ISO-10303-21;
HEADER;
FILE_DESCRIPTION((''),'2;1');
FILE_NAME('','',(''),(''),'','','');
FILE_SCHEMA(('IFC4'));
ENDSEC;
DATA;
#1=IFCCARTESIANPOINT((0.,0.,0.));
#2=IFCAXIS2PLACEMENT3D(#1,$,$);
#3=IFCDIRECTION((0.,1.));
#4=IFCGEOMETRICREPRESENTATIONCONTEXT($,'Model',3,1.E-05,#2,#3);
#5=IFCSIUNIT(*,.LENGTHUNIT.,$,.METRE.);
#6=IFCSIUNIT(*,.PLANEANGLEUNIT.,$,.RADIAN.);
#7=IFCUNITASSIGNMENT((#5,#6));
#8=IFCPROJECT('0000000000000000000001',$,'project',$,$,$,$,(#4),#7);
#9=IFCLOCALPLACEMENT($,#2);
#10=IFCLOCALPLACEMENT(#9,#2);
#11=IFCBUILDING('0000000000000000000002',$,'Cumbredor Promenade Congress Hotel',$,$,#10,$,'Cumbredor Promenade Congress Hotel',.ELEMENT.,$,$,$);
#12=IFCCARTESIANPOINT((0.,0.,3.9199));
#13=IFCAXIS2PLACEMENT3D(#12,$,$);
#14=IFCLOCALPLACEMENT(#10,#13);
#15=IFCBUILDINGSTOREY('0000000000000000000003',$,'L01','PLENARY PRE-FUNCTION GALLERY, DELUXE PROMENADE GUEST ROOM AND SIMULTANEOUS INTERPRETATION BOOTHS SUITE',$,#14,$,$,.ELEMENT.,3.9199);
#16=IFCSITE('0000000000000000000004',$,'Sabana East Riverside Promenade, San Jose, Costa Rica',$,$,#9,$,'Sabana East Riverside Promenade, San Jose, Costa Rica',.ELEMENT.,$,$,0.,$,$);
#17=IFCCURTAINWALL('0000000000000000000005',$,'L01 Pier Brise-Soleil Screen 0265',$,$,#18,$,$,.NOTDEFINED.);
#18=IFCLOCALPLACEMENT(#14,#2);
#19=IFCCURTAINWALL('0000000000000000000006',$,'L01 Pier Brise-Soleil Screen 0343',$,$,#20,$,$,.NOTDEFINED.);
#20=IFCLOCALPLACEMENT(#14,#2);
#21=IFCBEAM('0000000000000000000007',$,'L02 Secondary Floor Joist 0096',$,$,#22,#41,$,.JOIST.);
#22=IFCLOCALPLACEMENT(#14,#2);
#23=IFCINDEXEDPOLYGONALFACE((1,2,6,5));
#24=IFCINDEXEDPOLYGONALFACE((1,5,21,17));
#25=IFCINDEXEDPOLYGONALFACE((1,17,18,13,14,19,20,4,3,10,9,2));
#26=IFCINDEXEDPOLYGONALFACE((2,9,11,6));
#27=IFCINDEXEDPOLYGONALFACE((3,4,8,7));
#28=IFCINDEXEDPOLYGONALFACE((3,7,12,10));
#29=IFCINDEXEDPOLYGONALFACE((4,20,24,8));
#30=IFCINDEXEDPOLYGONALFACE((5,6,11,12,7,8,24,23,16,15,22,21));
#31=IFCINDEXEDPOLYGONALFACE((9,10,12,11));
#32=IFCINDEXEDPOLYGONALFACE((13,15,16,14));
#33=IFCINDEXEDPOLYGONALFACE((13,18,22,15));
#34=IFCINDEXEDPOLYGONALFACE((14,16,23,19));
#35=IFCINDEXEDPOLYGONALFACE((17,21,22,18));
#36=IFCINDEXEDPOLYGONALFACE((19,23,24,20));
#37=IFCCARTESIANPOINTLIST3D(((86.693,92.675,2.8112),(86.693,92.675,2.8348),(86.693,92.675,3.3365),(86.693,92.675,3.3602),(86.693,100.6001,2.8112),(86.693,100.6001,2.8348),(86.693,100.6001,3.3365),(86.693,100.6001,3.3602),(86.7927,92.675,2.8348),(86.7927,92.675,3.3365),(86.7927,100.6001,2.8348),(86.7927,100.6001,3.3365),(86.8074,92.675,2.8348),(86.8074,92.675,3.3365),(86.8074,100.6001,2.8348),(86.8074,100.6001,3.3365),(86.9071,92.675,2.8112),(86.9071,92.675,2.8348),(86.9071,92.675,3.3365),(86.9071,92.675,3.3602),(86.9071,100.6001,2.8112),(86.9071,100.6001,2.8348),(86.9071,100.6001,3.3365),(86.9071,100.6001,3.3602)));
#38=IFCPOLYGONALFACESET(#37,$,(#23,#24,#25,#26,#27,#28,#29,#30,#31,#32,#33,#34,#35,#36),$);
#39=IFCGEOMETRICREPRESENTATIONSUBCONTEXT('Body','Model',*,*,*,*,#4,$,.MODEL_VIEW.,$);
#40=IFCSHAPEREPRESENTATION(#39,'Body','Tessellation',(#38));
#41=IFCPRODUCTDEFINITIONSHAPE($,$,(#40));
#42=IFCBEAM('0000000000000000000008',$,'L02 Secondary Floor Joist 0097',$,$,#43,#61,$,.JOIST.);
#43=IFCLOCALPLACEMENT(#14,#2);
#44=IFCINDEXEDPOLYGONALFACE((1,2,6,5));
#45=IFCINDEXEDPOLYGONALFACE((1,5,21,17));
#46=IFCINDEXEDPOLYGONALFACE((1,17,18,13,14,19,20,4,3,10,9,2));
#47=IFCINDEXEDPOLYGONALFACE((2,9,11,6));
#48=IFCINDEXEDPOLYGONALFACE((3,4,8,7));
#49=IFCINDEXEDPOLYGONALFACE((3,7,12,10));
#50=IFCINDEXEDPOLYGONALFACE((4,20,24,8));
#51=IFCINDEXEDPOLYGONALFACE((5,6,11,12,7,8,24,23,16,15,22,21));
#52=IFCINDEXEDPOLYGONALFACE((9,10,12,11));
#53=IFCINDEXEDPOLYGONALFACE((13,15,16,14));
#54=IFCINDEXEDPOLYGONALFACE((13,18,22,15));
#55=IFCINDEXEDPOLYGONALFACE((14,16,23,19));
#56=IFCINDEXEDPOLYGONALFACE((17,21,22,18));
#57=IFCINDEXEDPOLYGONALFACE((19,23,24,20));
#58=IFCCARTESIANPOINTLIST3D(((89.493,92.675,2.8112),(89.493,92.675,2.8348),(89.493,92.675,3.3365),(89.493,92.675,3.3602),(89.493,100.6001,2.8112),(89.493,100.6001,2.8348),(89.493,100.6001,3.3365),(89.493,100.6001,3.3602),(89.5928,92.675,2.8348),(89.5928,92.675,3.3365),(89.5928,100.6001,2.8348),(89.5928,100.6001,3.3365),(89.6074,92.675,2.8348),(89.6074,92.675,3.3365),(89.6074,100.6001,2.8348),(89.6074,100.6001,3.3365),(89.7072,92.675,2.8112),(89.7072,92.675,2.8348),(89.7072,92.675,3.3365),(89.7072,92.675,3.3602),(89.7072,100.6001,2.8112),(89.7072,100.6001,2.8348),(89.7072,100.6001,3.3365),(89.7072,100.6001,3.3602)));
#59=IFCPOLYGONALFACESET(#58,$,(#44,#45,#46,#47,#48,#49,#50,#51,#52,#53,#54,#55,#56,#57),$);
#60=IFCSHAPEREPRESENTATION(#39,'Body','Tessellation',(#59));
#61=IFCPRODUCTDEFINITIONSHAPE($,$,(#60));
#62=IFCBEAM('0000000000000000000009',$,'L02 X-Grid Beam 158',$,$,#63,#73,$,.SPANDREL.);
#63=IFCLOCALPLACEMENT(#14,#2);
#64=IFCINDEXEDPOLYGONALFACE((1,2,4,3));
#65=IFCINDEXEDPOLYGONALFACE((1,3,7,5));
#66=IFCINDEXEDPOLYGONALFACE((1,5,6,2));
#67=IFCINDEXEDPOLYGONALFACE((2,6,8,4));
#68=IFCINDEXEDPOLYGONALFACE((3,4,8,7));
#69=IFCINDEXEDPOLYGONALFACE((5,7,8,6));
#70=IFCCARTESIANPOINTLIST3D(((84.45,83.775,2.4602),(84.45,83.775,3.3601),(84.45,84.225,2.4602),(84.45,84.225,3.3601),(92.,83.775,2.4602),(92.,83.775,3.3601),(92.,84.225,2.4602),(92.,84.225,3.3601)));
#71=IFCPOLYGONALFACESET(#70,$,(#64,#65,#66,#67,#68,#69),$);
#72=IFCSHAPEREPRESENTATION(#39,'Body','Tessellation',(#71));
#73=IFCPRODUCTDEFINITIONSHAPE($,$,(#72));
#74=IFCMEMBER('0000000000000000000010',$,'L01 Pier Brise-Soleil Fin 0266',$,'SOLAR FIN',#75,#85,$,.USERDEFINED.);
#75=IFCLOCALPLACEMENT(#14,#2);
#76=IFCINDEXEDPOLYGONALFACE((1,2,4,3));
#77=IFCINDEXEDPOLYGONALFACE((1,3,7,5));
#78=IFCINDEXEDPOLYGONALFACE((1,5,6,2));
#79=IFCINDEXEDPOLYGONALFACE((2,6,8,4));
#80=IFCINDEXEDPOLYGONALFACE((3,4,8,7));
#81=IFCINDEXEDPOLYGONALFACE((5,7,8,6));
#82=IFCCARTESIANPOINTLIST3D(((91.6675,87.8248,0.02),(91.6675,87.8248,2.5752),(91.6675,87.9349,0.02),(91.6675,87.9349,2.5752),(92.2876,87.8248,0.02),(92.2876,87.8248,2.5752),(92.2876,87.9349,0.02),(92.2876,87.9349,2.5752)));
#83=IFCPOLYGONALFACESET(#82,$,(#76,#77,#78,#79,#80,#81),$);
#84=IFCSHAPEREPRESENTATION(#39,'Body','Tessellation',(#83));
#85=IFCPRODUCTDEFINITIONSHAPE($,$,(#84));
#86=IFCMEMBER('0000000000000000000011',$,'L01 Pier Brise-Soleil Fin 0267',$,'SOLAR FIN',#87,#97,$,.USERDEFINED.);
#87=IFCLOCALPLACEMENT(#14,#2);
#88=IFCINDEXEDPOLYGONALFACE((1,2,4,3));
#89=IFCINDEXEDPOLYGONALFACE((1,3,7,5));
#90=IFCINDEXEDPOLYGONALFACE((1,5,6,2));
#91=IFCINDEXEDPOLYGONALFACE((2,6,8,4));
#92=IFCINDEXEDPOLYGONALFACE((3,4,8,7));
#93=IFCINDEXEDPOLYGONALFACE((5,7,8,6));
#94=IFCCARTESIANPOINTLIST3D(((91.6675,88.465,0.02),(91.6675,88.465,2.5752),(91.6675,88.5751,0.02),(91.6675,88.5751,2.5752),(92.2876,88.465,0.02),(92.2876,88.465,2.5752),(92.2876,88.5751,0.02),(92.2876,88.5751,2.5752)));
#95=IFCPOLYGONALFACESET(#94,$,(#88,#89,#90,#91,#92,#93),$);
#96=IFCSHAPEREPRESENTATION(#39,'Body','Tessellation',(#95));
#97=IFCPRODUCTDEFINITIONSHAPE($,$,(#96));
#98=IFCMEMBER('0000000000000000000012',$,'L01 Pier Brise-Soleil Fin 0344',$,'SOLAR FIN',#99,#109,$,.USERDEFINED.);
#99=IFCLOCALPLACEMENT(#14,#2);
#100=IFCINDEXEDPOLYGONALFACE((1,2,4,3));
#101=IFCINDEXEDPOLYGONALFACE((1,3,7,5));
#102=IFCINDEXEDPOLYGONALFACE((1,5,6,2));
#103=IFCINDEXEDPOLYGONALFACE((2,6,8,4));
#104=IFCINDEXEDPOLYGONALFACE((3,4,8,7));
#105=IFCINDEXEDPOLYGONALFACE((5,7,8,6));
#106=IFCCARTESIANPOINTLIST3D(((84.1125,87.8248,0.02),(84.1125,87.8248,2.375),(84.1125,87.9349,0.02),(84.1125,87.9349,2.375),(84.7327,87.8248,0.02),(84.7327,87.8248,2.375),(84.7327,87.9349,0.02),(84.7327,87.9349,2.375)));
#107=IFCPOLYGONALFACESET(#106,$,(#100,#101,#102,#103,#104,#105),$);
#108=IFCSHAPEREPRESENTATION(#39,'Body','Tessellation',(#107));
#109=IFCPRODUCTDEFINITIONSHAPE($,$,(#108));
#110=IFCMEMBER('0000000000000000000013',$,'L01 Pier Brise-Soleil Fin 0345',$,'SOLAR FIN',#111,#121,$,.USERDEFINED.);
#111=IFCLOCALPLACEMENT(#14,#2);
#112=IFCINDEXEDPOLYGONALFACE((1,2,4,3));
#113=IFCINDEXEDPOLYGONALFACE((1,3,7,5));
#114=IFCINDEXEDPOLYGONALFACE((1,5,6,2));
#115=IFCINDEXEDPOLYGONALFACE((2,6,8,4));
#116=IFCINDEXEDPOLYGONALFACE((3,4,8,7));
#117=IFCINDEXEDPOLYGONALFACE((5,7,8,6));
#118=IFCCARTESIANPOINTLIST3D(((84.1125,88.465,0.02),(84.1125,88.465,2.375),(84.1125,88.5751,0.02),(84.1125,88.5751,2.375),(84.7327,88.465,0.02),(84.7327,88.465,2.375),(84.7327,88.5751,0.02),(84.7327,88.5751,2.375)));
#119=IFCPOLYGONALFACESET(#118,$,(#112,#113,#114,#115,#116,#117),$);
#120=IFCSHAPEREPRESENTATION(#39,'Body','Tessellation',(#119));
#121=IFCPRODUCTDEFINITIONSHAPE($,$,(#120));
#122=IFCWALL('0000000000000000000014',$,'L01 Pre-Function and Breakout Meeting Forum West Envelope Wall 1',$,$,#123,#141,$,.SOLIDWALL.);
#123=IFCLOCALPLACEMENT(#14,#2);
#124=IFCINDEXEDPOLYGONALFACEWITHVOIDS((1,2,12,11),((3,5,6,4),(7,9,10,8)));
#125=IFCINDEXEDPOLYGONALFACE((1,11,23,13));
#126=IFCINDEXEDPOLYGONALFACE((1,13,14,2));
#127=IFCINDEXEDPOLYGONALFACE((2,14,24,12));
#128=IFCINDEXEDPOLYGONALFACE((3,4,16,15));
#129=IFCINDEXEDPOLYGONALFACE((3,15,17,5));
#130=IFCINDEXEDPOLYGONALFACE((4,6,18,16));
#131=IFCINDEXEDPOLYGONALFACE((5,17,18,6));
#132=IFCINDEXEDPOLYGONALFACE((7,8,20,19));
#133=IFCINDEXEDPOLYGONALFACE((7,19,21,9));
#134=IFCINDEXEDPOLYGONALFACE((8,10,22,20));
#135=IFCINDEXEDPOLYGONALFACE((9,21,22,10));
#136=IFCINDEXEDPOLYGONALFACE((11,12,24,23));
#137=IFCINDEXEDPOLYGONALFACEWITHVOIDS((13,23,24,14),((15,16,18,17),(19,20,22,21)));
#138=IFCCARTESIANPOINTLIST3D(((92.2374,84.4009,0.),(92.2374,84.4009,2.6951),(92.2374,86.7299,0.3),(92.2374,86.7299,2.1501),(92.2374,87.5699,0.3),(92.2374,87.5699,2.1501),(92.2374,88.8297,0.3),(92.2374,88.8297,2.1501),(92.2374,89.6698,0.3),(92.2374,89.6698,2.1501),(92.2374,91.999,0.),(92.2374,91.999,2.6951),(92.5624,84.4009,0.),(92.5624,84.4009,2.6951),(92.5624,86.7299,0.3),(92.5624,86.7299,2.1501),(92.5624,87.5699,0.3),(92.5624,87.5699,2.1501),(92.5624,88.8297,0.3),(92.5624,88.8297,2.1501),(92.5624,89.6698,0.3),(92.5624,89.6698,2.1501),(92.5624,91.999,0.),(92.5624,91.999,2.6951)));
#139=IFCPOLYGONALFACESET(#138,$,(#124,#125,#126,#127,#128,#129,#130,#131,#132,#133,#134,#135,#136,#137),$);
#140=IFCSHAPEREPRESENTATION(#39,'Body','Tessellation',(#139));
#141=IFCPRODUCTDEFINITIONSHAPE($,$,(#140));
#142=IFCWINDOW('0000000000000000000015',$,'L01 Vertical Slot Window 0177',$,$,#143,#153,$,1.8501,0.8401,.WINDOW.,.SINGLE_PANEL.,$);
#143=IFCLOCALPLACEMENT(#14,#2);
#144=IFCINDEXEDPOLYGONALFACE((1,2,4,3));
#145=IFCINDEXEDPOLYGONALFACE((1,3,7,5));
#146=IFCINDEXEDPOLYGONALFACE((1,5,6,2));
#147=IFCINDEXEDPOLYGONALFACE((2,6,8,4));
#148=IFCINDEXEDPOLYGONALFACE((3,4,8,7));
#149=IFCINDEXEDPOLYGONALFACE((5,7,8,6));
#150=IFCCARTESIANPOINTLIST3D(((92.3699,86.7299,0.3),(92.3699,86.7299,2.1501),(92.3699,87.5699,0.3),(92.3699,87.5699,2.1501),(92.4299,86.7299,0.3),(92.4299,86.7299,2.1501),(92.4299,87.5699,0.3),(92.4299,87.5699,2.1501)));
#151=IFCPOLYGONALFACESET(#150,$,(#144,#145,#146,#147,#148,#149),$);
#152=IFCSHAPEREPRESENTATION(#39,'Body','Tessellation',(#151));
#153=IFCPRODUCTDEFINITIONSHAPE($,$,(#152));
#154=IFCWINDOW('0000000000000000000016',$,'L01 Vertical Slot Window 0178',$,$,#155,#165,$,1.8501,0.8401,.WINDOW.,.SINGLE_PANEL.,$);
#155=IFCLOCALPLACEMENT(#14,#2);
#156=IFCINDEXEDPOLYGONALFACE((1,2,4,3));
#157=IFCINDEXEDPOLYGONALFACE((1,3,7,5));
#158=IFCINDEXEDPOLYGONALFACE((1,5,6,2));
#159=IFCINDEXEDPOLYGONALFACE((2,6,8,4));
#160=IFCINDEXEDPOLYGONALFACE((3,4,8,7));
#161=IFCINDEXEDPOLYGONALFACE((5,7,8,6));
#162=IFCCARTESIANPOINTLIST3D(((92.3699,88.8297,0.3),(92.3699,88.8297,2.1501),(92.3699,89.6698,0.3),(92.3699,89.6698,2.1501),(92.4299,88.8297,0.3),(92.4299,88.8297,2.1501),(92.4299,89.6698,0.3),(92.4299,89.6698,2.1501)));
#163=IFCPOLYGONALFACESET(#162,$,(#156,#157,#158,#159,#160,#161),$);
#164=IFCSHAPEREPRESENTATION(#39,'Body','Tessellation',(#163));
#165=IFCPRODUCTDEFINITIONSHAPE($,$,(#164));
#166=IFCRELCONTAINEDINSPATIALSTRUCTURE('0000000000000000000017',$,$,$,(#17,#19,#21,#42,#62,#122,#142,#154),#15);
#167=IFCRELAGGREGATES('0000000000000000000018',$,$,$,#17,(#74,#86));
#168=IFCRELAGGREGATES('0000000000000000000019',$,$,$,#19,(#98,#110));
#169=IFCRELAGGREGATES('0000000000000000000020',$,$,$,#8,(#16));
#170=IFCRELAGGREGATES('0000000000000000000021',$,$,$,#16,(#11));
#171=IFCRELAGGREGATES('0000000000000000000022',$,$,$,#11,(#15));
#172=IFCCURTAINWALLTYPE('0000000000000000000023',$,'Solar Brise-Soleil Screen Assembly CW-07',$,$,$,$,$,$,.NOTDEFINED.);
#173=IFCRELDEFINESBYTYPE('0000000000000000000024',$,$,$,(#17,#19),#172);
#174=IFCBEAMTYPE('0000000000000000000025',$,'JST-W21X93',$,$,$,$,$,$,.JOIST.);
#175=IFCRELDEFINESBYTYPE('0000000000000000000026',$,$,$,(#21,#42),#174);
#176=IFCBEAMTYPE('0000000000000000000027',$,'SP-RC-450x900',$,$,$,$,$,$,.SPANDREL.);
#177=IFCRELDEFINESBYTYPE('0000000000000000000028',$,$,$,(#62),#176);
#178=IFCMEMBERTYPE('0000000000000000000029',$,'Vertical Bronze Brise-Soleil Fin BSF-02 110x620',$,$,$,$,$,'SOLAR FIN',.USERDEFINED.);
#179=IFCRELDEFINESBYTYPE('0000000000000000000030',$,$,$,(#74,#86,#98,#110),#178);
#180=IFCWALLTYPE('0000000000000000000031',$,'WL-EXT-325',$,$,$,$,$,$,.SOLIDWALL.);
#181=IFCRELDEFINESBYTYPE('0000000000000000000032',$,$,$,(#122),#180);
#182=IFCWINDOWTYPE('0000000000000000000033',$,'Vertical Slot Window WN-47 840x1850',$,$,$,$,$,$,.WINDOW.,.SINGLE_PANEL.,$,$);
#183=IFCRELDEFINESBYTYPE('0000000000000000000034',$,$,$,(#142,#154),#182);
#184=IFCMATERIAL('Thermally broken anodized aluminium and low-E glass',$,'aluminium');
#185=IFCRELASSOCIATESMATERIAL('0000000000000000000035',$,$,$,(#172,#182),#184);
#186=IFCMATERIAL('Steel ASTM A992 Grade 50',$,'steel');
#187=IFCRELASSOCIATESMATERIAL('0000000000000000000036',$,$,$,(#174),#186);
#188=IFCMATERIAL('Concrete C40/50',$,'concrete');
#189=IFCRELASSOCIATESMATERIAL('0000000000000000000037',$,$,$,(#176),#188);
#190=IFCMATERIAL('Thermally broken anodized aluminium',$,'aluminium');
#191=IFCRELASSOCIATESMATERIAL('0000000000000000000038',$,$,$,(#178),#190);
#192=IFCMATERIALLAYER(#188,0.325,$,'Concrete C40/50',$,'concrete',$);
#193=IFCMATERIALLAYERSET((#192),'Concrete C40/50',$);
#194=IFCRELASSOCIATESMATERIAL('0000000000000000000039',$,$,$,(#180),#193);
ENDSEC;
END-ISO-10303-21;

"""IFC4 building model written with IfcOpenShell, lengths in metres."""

from ifc_helpers import new_model, si_unit, direction, frame, frame_2d, origin, origin_2d, place, context, subcontext, project, spatial, rectangle, i_section, extrude, material, layer, layer_set, material_profile, profile_set, type_object, element, fill, aggregate, save


model = new_model("IFC4")

# Units and contexts
model_context = context("Model", 3, precision=1e-05, world=origin(), true_north=direction((0.0, 1.0)))
body_context = subcontext(model_context, "Body", "Model", "MODEL_VIEW")
ifc_project = project(units=[si_unit("LENGTHUNIT", "METRE"), si_unit("PLANEANGLEUNIT", "RADIAN")], contexts=[model_context])

# Site, building, storey
site_placement = place(None, origin())
site = spatial("IfcSite", under=ifc_project, at=site_placement, Name="Sabana East Riverside Promenade, San Jose, Costa Rica", LongName="Sabana East Riverside Promenade, San Jose, Costa Rica", CompositionType="ELEMENT", RefElevation=0.0)
building_placement = place(site_placement, origin())
building = spatial("IfcBuilding", under=site, at=building_placement, Name="Cumbredor Promenade Congress Hotel", LongName="Cumbredor Promenade Congress Hotel", CompositionType="ELEMENT")
storey_placement = place(building_placement, frame((0.0, 0.0, 3.9199)))
storey = spatial("IfcBuildingStorey", under=building, at=storey_placement, Name="L01", Description="PLENARY PRE-FUNCTION GALLERY, DELUXE PROMENADE GUEST ROOM AND SIMULTANEOUS INTERPRETATION BOOTHS SUITE", CompositionType="ELEMENT", Elevation=3.9199)

# Shared definitions
ifc_material_1 = material(Name="Concrete C40/50", Category="concrete")

# Curtain walls
ifc_material_2 = material(Name="Thermally broken anodized aluminium and low-E glass", Category="aluminium")
curtain_wall_type = type_object("IfcCurtainWallType", Name="Solar Brise-Soleil Screen Assembly CW-07", PredefinedType="NOTDEFINED", material=ifc_material_2)
curtain_wall_1_placement = place(storey_placement, origin())
curtain_wall_1 = element("IfcCurtainWall", 1, at=curtain_wall_1_placement, inside=storey, type_object=curtain_wall_type, Name="L01 Pier Brise-Soleil Screen 0265", PredefinedType="NOTDEFINED")
ifc_material_3 = material(Name="Thermally broken anodized aluminium", Category="aluminium")
curtain_wall_2_placement = place(storey_placement, origin())
curtain_wall_2 = element("IfcCurtainWall", 2, at=curtain_wall_2_placement, inside=storey, type_object=curtain_wall_type, Name="L01 Pier Brise-Soleil Screen 0343", PredefinedType="NOTDEFINED")

# Beams
ifc_material_4 = material(Name="Steel ASTM A992 Grade 50", Category="steel")
ifc_material_profile_1 = material_profile(ifc_material_4, i_section(OverallWidth=0.2141, OverallDepth=0.5491, WebThickness=0.0146, FlangeThickness=0.0237, at=origin_2d()), Name="W21X93")
ifc_profile_set_1 = profile_set([ifc_material_profile_1], Name="Steel ASTM A992 Grade 50")
beam_type_1 = type_object("IfcBeamType", Name="JST-W21X93", PredefinedType="JOIST", material=ifc_profile_set_1)
for number, where, z_axis, x_axis, name in (
    (3, (86.8, 92.675, 3.0857), (0.0, 1.0, 0.0), (-1.0, 0.0, 0.0), "L02 Secondary Floor Joist 0096"),
    (4, (89.6001, 92.675, 3.0857), (0.0, 1.0, 0.0), (-1.0, 0.0, 0.0), "L02 Secondary Floor Joist 0097"),
):
    element("IfcBeam", number, at=place(storey_placement, frame(where, z_axis=z_axis, x_axis=x_axis)), inside=storey, type_object=beam_type_1, Name=name, PredefinedType="JOIST", context=body_context, shape_type="SweptSolid", body=[
        extrude(i_section(OverallWidth=0.2141, OverallDepth=0.5491, WebThickness=0.0146, FlangeThickness=0.0237, at=origin_2d()), origin(), (0.0, 0.0, 1.0), 7.925),
    ])
ifc_material_profile_2 = material_profile(ifc_material_1, rectangle(XDim=0.45, YDim=0.8999, at=origin_2d()), Name="RC SPANDREL 450x900")
ifc_profile_set_2 = profile_set([ifc_material_profile_2], Name="Concrete C40/50")
beam_type_2 = type_object("IfcBeamType", Name="SP-RC-450x900", PredefinedType="SPANDREL", material=ifc_profile_set_2)
beam_1_placement = place(storey_placement, frame((84.45, 84.0, 2.9102), z_axis=(1.0, 0.0, 0.0), x_axis=(0.0, 1.0, 0.0)))
element("IfcBeam", 5, at=beam_1_placement, inside=storey, type_object=beam_type_2, Name="L02 X-Grid Beam 158", PredefinedType="SPANDREL", context=body_context, shape_type="SweptSolid", body=[
    extrude(rectangle(XDim=0.45, YDim=0.8999, at=origin_2d()), origin(), (0.0, 0.0, 1.0), 7.55),
])

# Members
ifc_material_profile_3 = material_profile(ifc_material_3, rectangle(XDim=0.1101, YDim=0.6201, at=origin_2d()), Name="ARCH FIN 110x620")
ifc_profile_set_3 = profile_set([ifc_material_profile_3], Name="Thermally broken anodized aluminium")
member_type_1 = type_object("IfcMemberType", Name="Vertical Bronze Brise-Soleil Fin BSF-02 110x620", ElementType="SOLAR FIN", PredefinedType="USERDEFINED", material=ifc_profile_set_3)
member_1_placement = place(storey_placement, frame((91.9775, 87.8799, 0.02), z_axis=(0.0, 0.0, 1.0), x_axis=(0.0, 1.0, 0.0)))
member_1 = element("IfcMember", 6, at=member_1_placement, type_object=member_type_1, Name="L01 Pier Brise-Soleil Fin 0266", ObjectType="SOLAR FIN", PredefinedType="USERDEFINED", context=body_context, shape_type="SweptSolid", body=[
    extrude(rectangle(XDim=0.1101, YDim=0.6201, at=origin_2d()), origin(), (0.0, 0.0, 1.0), 2.5552),
])
member_2_placement = place(storey_placement, frame((91.9775, 88.52, 0.02), z_axis=(0.0, 0.0, 1.0), x_axis=(0.0, 1.0, 0.0)))
member_2 = element("IfcMember", 7, at=member_2_placement, type_object=member_type_1, Name="L01 Pier Brise-Soleil Fin 0267", ObjectType="SOLAR FIN", PredefinedType="USERDEFINED", context=body_context, shape_type="SweptSolid", body=[
    extrude(rectangle(XDim=0.1101, YDim=0.6201, at=origin_2d()), origin(), (0.0, 0.0, 1.0), 2.5552),
])
aggregate(curtain_wall_1, [member_1, member_2])
member_3_placement = place(storey_placement, frame((84.4226, 87.8799, 0.02), z_axis=(0.0, 0.0, 1.0), x_axis=(0.0, 1.0, 0.0)))
member_3 = element("IfcMember", 8, at=member_3_placement, type_object=member_type_1, Name="L01 Pier Brise-Soleil Fin 0344", ObjectType="SOLAR FIN", PredefinedType="USERDEFINED", context=body_context, shape_type="SweptSolid", body=[
    extrude(rectangle(XDim=0.1101, YDim=0.6201, at=origin_2d()), origin(), (0.0, 0.0, 1.0), 2.355),
])
member_4_placement = place(storey_placement, frame((84.4226, 88.52, 0.02), z_axis=(0.0, 0.0, 1.0), x_axis=(0.0, 1.0, 0.0)))
member_4 = element("IfcMember", 9, at=member_4_placement, type_object=member_type_1, Name="L01 Pier Brise-Soleil Fin 0345", ObjectType="SOLAR FIN", PredefinedType="USERDEFINED", context=body_context, shape_type="SweptSolid", body=[
    extrude(rectangle(XDim=0.1101, YDim=0.6201, at=origin_2d()), origin(), (0.0, 0.0, 1.0), 2.355),
])
aggregate(curtain_wall_2, [member_3, member_4])

# Wall, openings, windows
ifc_layer_1 = layer(ifc_material_1, 0.325, Name="Concrete C40/50", Category="concrete")
ifc_layer_set_1 = layer_set([ifc_layer_1], Name="Concrete C40/50")
wall_type_1 = type_object("IfcWallType", Name="WL-EXT-325", PredefinedType="SOLIDWALL", material=ifc_layer_set_1)
wall_1_placement = place(storey_placement, frame((92.3999, 84.4009, 0.0), z_axis=(0.0, 0.0, 1.0), x_axis=(0.0, 1.0, 0.0)))
wall_1 = element("IfcWall", 10, at=wall_1_placement, inside=storey, type_object=wall_type_1, Name="L01 Pre-Function and Breakout Meeting Forum West Envelope Wall 1", PredefinedType="SOLIDWALL", context=body_context, shape_type="SweptSolid", body=[
    extrude(rectangle(XDim=7.5981, YDim=0.325, at=frame_2d((3.7991, 0.0))), origin(), (0.0, 0.0, 1.0), 2.6951),
])
opening_1_placement = place(wall_1_placement, frame((2.3291, 0.0, 0.3)))
opening_1 = element("IfcOpeningElement", 11, at=opening_1_placement, cuts=wall_1, PredefinedType="OPENING", context=body_context, shape_type="SweptSolid", body=[
    extrude(rectangle(XDim=0.8401, YDim=1.8501, at=frame_2d((0.4199, 0.925))), frame((0.0, 0.1724, 0.0), z_axis=(0.0, -1.0, 0.0), x_axis=(1.0, 0.0, 0.0)), (0.0, 0.0, 1.0), 0.345),
])
opening_2_placement = place(wall_1_placement, frame((4.429, 0.0, 0.3)))
opening_2 = element("IfcOpeningElement", 12, at=opening_2_placement, cuts=wall_1, PredefinedType="OPENING", context=body_context, shape_type="SweptSolid", body=[
    extrude(rectangle(XDim=0.8401, YDim=1.8501, at=frame_2d((0.4199, 0.925))), frame((0.0, 0.1724, 0.0), z_axis=(0.0, -1.0, 0.0), x_axis=(1.0, 0.0, 0.0)), (0.0, 0.0, 1.0), 0.345),
])
window_type_1 = type_object("IfcWindowType", Name="Vertical Slot Window WN-47 840x1850", PartitioningType="SINGLE_PANEL", PredefinedType="WINDOW", material=ifc_material_2)
window_1_placement = place(opening_1_placement, origin())
window_1 = element("IfcWindow", 13, at=window_1_placement, inside=storey, type_object=window_type_1, Name="L01 Vertical Slot Window 0177", OverallHeight=1.8501, OverallWidth=0.8401, PartitioningType="SINGLE_PANEL", PredefinedType="WINDOW", context=body_context, shape_type="SweptSolid", body=[
    extrude(rectangle(XDim=0.8401, YDim=1.8501, at=frame_2d((0.4199, 0.925))), frame((0.0, 0.03, 0.0), z_axis=(0.0, -1.0, 0.0), x_axis=(1.0, 0.0, 0.0)), (0.0, 0.0, 1.0), 0.0601),
])
fill(opening_1, window_1)
window_2_placement = place(opening_2_placement, origin())
window_2 = element("IfcWindow", 14, at=window_2_placement, inside=storey, type_object=window_type_1, Name="L01 Vertical Slot Window 0178", OverallHeight=1.8501, OverallWidth=0.8401, PartitioningType="SINGLE_PANEL", PredefinedType="WINDOW", context=body_context, shape_type="SweptSolid", body=[
    extrude(rectangle(XDim=0.8401, YDim=1.8501, at=frame_2d((0.4199, 0.925))), frame((0.0, 0.03, 0.0), z_axis=(0.0, -1.0, 0.0), x_axis=(1.0, 0.0, 0.0)), (0.0, 0.0, 1.0), 0.0601),
])
fill(opening_2, window_2)

save(model, "model.ifc")
